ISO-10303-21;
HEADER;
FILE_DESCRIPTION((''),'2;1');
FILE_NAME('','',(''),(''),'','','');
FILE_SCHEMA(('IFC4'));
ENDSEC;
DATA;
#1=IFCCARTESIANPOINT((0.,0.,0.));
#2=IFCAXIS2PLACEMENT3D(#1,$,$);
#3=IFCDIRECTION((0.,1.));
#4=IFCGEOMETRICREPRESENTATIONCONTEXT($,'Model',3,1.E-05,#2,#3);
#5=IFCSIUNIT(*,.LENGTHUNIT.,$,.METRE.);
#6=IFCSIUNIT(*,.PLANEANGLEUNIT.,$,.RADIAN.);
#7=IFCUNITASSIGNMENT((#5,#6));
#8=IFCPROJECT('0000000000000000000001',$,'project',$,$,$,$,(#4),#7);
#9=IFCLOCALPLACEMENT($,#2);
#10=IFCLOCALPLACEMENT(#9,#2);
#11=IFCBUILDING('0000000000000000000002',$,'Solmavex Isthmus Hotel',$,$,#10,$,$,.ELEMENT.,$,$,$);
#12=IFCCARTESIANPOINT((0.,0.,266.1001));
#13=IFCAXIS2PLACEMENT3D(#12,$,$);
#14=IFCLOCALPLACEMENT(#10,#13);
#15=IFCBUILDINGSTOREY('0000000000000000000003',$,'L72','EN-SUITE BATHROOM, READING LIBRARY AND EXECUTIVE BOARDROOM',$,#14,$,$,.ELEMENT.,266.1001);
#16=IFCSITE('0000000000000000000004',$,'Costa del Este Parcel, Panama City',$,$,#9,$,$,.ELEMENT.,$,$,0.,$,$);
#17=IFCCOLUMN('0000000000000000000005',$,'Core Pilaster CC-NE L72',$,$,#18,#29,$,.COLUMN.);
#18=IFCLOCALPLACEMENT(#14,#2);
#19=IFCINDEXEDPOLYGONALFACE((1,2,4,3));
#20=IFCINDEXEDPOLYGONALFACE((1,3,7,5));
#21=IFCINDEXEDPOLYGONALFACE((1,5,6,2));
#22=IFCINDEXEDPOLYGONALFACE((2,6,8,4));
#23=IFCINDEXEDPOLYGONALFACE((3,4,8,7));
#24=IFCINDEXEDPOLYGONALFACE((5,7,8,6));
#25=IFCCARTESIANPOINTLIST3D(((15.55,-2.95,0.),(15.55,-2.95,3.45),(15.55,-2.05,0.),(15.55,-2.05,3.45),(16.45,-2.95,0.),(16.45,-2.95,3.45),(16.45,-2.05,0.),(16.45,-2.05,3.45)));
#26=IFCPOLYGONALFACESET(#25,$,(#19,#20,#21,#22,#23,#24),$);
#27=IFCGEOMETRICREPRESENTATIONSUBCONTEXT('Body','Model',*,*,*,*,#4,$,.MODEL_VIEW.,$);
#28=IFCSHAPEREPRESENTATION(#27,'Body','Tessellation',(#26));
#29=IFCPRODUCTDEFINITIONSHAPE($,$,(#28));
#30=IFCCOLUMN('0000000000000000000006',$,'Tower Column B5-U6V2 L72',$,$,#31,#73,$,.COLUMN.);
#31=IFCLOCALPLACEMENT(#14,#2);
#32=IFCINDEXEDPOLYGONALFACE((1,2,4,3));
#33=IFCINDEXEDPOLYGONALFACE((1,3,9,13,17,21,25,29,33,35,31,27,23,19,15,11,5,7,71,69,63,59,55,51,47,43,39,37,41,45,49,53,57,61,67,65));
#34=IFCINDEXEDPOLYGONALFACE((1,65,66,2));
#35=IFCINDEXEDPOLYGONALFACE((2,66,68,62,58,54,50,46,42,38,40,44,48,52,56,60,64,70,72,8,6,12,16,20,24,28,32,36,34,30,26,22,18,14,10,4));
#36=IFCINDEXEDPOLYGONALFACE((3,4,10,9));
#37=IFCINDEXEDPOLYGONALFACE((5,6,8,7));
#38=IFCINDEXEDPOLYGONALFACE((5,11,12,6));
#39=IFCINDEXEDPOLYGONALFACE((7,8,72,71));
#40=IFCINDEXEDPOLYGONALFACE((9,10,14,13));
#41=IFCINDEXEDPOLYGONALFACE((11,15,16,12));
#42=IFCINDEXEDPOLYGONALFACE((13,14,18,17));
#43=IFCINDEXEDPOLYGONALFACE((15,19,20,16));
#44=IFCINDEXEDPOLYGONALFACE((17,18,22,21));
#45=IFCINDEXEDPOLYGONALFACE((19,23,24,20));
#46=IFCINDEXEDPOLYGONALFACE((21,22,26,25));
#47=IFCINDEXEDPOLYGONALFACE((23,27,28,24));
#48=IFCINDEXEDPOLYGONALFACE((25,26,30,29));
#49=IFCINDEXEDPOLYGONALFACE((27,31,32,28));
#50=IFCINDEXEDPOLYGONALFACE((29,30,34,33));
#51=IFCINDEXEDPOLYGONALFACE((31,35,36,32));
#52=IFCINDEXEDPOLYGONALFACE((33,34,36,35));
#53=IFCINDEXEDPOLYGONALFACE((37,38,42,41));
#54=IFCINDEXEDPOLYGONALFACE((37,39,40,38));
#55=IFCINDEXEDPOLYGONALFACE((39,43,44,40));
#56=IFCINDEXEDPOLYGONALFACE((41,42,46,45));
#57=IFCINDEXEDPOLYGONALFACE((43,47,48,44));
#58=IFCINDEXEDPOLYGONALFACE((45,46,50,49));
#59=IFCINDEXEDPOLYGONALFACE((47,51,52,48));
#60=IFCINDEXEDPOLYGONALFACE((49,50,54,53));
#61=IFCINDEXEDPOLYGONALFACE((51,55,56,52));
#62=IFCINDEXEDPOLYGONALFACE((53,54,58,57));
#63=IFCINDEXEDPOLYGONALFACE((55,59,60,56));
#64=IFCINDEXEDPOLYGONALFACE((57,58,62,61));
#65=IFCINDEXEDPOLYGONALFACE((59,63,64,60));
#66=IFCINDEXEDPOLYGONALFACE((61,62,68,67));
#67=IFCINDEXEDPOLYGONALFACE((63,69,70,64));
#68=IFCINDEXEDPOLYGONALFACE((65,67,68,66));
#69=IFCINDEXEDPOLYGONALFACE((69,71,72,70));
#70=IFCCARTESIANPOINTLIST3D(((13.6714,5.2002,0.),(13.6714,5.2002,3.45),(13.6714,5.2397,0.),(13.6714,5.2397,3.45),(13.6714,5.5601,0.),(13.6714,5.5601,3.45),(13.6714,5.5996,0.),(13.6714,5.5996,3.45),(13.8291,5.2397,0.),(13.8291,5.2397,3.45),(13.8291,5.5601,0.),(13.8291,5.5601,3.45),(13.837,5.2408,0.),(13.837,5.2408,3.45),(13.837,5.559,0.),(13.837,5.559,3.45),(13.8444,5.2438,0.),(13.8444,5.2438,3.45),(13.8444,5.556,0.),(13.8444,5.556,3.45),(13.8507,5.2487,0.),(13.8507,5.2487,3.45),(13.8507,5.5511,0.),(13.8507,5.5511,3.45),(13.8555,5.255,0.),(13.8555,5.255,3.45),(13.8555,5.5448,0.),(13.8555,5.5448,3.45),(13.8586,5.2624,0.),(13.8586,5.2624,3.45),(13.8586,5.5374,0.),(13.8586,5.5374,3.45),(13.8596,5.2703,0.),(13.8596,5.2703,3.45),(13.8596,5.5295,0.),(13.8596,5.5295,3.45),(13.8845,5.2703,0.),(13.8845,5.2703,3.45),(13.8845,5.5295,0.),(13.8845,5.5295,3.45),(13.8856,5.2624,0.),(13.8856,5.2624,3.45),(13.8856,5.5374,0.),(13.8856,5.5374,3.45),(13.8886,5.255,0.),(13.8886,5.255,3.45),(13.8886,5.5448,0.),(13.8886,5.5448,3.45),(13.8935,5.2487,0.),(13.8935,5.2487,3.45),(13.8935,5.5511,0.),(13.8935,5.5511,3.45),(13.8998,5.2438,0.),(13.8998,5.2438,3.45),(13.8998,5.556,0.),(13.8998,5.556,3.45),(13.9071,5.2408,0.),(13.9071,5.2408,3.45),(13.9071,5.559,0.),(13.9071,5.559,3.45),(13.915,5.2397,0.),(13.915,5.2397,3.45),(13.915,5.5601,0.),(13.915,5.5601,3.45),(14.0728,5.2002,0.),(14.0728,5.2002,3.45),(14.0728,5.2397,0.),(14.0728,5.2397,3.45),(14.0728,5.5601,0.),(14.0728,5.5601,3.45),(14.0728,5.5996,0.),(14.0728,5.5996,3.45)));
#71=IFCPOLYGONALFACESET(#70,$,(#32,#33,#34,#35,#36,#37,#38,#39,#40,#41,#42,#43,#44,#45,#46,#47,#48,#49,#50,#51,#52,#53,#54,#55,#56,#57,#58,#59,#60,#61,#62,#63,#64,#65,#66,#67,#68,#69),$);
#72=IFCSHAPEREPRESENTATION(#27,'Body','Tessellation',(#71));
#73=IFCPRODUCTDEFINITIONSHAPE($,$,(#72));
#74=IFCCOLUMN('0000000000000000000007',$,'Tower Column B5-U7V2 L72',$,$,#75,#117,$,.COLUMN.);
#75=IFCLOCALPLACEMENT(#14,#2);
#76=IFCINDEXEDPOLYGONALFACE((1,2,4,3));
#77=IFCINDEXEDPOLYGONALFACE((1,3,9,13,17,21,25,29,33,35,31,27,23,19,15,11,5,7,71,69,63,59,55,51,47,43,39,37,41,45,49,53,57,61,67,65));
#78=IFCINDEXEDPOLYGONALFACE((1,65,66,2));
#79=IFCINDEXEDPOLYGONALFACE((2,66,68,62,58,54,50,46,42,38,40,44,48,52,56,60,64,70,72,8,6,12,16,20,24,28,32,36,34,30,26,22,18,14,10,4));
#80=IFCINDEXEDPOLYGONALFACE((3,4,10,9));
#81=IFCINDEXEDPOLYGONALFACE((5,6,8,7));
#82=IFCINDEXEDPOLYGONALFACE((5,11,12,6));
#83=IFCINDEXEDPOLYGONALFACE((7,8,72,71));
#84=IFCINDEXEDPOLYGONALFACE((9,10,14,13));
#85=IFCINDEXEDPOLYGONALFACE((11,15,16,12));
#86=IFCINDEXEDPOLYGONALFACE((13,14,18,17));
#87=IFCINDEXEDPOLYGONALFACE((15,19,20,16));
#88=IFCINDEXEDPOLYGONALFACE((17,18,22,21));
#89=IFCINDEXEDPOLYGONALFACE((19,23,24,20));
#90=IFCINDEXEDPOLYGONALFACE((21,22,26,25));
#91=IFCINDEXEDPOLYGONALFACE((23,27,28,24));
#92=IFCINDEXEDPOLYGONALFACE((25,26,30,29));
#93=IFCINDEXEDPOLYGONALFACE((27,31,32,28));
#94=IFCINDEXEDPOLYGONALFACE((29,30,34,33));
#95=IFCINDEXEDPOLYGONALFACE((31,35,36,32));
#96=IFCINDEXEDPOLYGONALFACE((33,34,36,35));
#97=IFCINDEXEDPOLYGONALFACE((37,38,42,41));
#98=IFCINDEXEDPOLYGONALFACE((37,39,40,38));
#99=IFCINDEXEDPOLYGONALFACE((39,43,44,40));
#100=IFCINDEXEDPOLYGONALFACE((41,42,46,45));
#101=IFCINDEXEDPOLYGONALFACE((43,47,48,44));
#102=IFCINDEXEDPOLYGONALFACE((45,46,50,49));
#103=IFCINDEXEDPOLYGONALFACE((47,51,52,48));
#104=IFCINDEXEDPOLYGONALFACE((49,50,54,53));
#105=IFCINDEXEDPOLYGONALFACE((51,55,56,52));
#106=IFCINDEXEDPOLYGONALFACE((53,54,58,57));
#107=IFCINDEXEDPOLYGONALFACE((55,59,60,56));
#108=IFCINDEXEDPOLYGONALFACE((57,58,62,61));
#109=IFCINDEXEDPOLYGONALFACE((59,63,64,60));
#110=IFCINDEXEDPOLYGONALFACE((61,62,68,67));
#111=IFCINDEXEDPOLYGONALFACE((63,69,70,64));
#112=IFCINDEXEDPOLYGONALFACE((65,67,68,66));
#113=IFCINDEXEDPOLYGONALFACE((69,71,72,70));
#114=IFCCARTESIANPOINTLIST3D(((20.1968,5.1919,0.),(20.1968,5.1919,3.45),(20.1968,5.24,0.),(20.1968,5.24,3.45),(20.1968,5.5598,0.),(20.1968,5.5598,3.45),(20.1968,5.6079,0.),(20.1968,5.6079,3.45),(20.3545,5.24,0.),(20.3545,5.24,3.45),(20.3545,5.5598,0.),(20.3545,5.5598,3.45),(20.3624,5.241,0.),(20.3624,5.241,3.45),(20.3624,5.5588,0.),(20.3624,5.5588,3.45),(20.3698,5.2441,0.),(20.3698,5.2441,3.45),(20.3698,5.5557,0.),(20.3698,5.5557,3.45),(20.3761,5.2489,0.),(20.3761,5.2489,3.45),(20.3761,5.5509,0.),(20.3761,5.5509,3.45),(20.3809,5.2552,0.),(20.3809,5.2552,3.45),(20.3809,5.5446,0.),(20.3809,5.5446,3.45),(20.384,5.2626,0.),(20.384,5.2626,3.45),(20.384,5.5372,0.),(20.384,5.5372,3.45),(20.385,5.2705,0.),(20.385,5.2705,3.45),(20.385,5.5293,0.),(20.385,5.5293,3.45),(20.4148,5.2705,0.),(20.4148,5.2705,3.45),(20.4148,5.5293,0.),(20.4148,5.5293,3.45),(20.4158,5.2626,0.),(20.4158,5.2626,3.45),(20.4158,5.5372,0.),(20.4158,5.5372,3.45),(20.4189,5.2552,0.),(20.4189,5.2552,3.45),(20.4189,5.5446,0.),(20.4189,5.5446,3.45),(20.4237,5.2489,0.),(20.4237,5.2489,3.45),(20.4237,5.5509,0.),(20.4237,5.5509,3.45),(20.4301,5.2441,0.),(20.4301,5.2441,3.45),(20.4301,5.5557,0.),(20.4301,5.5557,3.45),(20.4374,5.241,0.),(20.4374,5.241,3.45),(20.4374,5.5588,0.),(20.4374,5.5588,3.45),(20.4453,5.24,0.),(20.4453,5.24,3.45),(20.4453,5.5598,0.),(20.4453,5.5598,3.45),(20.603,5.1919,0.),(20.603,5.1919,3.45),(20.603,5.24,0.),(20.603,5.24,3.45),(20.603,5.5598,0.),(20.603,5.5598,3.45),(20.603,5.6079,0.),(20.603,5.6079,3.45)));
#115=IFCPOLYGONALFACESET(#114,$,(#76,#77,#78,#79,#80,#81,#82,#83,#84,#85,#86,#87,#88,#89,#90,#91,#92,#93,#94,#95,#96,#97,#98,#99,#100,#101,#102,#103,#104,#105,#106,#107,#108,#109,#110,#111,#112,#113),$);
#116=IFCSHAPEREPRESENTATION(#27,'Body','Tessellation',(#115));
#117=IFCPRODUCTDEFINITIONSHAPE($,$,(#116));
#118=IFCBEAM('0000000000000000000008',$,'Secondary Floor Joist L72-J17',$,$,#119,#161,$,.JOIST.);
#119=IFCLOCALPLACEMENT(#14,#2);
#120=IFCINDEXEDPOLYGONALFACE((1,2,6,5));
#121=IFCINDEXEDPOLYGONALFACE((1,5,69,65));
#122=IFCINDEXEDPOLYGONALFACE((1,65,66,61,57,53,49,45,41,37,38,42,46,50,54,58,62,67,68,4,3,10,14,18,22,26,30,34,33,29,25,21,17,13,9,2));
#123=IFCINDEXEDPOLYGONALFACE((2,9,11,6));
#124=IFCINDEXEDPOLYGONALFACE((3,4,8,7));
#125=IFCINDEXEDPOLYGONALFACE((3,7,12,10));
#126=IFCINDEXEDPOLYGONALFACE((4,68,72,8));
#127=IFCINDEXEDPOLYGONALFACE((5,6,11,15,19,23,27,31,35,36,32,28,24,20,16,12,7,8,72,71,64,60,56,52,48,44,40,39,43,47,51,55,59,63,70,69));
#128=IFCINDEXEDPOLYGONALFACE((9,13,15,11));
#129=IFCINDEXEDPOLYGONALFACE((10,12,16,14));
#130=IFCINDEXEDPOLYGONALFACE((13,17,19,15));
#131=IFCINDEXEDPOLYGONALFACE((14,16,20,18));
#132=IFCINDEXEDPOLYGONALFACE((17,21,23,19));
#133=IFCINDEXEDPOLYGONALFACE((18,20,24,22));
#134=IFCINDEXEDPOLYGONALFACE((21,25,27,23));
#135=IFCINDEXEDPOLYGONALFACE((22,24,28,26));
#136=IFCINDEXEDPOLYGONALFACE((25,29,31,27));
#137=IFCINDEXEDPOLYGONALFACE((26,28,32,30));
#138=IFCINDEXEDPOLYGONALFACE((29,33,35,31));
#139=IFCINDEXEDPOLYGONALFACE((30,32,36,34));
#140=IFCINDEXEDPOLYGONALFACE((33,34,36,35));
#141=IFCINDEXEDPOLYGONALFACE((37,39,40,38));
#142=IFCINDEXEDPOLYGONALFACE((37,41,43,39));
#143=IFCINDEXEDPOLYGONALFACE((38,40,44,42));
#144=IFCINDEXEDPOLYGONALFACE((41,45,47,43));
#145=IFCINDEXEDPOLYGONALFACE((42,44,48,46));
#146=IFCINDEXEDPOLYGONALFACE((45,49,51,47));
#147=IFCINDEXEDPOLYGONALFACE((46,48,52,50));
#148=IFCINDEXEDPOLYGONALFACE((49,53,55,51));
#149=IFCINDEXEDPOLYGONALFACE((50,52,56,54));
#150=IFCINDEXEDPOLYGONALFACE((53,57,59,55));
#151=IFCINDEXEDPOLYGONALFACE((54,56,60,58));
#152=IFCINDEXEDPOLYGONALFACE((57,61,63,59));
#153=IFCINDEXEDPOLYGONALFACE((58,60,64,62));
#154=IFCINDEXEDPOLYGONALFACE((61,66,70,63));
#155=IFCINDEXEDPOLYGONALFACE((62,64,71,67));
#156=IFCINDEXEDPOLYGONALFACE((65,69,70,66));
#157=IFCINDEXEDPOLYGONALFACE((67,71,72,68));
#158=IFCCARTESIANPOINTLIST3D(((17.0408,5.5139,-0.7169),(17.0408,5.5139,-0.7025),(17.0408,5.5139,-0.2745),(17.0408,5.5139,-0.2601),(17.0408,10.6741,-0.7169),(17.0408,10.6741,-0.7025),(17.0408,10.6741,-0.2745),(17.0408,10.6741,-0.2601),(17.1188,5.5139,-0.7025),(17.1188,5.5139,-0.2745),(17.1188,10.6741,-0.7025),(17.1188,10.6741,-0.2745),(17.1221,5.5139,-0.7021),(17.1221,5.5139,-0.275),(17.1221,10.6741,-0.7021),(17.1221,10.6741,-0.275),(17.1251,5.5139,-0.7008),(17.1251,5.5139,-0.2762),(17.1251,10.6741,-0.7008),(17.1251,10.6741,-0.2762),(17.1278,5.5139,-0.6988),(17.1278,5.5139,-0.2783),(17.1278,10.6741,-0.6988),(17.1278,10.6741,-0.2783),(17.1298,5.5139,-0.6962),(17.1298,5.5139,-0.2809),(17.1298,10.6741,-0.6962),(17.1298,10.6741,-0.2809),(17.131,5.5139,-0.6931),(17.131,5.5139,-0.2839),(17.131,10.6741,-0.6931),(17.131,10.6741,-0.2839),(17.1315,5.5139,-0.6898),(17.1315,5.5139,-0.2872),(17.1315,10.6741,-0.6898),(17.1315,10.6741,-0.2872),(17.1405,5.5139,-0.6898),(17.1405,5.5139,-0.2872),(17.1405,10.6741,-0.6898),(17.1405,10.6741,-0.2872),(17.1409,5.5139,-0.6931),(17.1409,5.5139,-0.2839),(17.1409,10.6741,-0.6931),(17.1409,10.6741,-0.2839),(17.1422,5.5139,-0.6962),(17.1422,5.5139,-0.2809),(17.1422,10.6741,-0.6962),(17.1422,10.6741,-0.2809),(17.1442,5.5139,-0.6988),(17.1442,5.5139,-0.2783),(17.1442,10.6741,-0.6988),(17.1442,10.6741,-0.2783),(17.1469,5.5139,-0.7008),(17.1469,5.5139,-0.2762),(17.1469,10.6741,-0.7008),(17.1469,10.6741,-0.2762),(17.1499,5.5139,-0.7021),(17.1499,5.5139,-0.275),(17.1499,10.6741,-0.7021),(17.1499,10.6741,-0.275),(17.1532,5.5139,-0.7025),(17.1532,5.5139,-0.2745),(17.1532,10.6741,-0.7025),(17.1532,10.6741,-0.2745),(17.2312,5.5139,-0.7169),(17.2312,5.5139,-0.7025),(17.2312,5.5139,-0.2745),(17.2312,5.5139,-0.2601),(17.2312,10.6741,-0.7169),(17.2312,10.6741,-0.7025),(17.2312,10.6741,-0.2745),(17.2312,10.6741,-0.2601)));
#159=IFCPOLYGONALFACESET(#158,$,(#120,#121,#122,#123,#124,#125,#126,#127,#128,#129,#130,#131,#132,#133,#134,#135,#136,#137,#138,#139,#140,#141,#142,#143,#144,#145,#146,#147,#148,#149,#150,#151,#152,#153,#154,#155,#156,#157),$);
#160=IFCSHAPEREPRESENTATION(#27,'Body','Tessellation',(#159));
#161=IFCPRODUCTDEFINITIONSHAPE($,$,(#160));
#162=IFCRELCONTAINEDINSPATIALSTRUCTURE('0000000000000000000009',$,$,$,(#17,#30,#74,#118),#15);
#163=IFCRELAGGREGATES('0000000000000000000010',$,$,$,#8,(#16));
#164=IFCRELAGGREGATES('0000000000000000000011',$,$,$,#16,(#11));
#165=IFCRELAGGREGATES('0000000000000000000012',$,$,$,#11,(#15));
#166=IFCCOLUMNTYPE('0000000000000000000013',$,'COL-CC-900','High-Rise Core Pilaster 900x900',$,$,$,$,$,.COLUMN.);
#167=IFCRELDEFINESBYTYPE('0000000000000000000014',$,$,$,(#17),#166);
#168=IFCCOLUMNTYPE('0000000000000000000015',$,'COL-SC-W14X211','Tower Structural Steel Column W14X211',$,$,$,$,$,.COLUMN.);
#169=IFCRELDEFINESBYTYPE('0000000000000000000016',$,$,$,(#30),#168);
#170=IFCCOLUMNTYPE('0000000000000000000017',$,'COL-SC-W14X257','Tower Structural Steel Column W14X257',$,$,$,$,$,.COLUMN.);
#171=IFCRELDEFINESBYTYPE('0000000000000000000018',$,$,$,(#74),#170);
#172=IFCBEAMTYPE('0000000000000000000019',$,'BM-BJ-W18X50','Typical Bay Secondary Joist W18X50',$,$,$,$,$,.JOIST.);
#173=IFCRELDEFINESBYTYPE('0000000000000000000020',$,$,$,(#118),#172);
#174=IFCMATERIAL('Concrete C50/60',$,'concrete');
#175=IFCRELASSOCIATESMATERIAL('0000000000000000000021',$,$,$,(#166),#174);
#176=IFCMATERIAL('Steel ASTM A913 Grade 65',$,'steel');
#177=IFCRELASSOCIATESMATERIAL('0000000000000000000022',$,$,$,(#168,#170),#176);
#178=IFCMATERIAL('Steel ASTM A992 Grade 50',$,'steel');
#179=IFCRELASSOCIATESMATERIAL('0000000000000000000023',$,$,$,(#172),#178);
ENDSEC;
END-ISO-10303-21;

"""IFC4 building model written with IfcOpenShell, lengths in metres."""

from ifc_helpers import new_model, si_unit, direction, frame, origin, origin_2d, place, context, subcontext, project, spatial, rectangle, i_section, extrude, material, material_profile, profile_set, type_object, element, save


model = new_model("IFC4")

# Units and contexts
model_context = context("Model", 3, precision=1e-05, world=origin(), true_north=direction((0.0, 1.0)))
body_context = subcontext(model_context, "Body", "Model", "MODEL_VIEW")
ifc_project = project(units=[si_unit("LENGTHUNIT", "METRE"), si_unit("PLANEANGLEUNIT", "RADIAN")], contexts=[model_context])

# Site, building, storey
site_placement = place(None, origin())
site = spatial("IfcSite", under=ifc_project, at=site_placement, Name="Costa del Este Parcel, Panama City", CompositionType="ELEMENT", RefElevation=0.0)
building_placement = place(site_placement, origin())
building = spatial("IfcBuilding", under=site, at=building_placement, Name="Solmavex Isthmus Hotel", CompositionType="ELEMENT")
storey_placement = place(building_placement, frame((0.0, 0.0, 266.1001)))
storey = spatial("IfcBuildingStorey", under=building, at=storey_placement, Name="L72", Description="EN-SUITE BATHROOM, READING LIBRARY AND EXECUTIVE BOARDROOM", CompositionType="ELEMENT", Elevation=266.1001)

# Columns
ifc_material_1 = material(Name="Concrete C50/60", Category="concrete")
ifc_material_profile_1 = material_profile(ifc_material_1, rectangle(XDim=0.8999, YDim=0.8999, at=origin_2d()), Name="RC900X900")
ifc_profile_set_1 = profile_set([ifc_material_profile_1], Name="Concrete C50/60")
column_type_1 = type_object("IfcColumnType", Name="COL-CC-900", Description="High-Rise Core Pilaster 900x900", PredefinedType="COLUMN", material=ifc_profile_set_1)
column_1_placement = place(storey_placement, frame((16.0, -2.5, 0.0), z_axis=(0.0, 0.0, 1.0), x_axis=(1.0, 0.0, 0.0)))
element("IfcColumn", 1, at=column_1_placement, inside=storey, type_object=column_type_1, Name="Core Pilaster CC-NE L72", PredefinedType="COLUMN", context=body_context, shape_type="SweptSolid", body=[
    extrude(rectangle(XDim=0.8999, YDim=0.8999, at=origin_2d()), origin(), (0.0, 0.0, 1.0), 3.45),
])
ifc_material_2 = material(Name="Steel ASTM A913 Grade 65", Category="steel")
ifc_material_profile_2 = material_profile(ifc_material_2, i_section(OverallWidth=0.4014, OverallDepth=0.3994, WebThickness=0.0249, FlangeThickness=0.0396, FilletRadius=0.0305, at=origin_2d()), Name="W14X211")
ifc_profile_set_2 = profile_set([ifc_material_profile_2], Name="Steel ASTM A913 Grade 65")
column_type_2 = type_object("IfcColumnType", Name="COL-SC-W14X211", Description="Tower Structural Steel Column W14X211", PredefinedType="COLUMN", material=ifc_profile_set_2)
column_2_placement = place(storey_placement, frame((13.8721, 5.3999, 0.0), z_axis=(0.0, 0.0, 1.0), x_axis=(1.0, 0.0, 0.0)))
element("IfcColumn", 2, at=column_2_placement, inside=storey, type_object=column_type_2, Name="Tower Column B5-U6V2 L72", PredefinedType="COLUMN", context=body_context, shape_type="SweptSolid", body=[
    extrude(i_section(OverallWidth=0.4014, OverallDepth=0.3994, WebThickness=0.0249, FlangeThickness=0.0396, FilletRadius=0.0305, at=origin_2d()), origin(), (0.0, 0.0, 1.0), 3.45),
])
ifc_material_profile_3 = material_profile(ifc_material_2, i_section(OverallWidth=0.4062, OverallDepth=0.416, WebThickness=0.0298, FlangeThickness=0.0481, FilletRadius=0.0305, at=origin_2d()), Name="W14X257")
ifc_profile_set_3 = profile_set([ifc_material_profile_3], Name="Steel ASTM A913 Grade 65")
column_type_3 = type_object("IfcColumnType", Name="COL-SC-W14X257", Description="Tower Structural Steel Column W14X257", PredefinedType="COLUMN", material=ifc_profile_set_3)
column_3_placement = place(storey_placement, frame((20.3999, 5.3999, 0.0), z_axis=(0.0, 0.0, 1.0), x_axis=(1.0, 0.0, 0.0)))
element("IfcColumn", 3, at=column_3_placement, inside=storey, type_object=column_type_3, Name="Tower Column B5-U7V2 L72", PredefinedType="COLUMN", context=body_context, shape_type="SweptSolid", body=[
    extrude(i_section(OverallWidth=0.4062, OverallDepth=0.416, WebThickness=0.0298, FlangeThickness=0.0481, FilletRadius=0.0305, at=origin_2d()), origin(), (0.0, 0.0, 1.0), 3.45),
])

# Beam
ifc_material_3 = material(Name="Steel ASTM A992 Grade 50", Category="steel")
ifc_material_profile_4 = material_profile(ifc_material_3, i_section(OverallWidth=0.1904, OverallDepth=0.4568, WebThickness=0.009, FlangeThickness=0.0144, FilletRadius=0.0127, at=origin_2d()), Name="W18X50")
ifc_profile_set_4 = profile_set([ifc_material_profile_4], Name="Steel ASTM A992 Grade 50")
beam_type_1 = type_object("IfcBeamType", Name="BM-BJ-W18X50", Description="Typical Bay Secondary Joist W18X50", PredefinedType="JOIST", material=ifc_profile_set_4)
beam_1_placement = place(storey_placement, frame((17.136, 5.5139, -0.4885), z_axis=(0.0, 1.0, 0.0), x_axis=(-1.0, 0.0, 0.0)))
element("IfcBeam", 4, at=beam_1_placement, inside=storey, type_object=beam_type_1, Name="Secondary Floor Joist L72-J17", PredefinedType="JOIST", context=body_context, shape_type="SweptSolid", body=[
    extrude(i_section(OverallWidth=0.1904, OverallDepth=0.4568, WebThickness=0.009, FlangeThickness=0.0144, FilletRadius=0.0127, at=origin_2d()), origin(), (0.0, 0.0, 1.0), 5.1602),
])

save(model, "model.ifc")
